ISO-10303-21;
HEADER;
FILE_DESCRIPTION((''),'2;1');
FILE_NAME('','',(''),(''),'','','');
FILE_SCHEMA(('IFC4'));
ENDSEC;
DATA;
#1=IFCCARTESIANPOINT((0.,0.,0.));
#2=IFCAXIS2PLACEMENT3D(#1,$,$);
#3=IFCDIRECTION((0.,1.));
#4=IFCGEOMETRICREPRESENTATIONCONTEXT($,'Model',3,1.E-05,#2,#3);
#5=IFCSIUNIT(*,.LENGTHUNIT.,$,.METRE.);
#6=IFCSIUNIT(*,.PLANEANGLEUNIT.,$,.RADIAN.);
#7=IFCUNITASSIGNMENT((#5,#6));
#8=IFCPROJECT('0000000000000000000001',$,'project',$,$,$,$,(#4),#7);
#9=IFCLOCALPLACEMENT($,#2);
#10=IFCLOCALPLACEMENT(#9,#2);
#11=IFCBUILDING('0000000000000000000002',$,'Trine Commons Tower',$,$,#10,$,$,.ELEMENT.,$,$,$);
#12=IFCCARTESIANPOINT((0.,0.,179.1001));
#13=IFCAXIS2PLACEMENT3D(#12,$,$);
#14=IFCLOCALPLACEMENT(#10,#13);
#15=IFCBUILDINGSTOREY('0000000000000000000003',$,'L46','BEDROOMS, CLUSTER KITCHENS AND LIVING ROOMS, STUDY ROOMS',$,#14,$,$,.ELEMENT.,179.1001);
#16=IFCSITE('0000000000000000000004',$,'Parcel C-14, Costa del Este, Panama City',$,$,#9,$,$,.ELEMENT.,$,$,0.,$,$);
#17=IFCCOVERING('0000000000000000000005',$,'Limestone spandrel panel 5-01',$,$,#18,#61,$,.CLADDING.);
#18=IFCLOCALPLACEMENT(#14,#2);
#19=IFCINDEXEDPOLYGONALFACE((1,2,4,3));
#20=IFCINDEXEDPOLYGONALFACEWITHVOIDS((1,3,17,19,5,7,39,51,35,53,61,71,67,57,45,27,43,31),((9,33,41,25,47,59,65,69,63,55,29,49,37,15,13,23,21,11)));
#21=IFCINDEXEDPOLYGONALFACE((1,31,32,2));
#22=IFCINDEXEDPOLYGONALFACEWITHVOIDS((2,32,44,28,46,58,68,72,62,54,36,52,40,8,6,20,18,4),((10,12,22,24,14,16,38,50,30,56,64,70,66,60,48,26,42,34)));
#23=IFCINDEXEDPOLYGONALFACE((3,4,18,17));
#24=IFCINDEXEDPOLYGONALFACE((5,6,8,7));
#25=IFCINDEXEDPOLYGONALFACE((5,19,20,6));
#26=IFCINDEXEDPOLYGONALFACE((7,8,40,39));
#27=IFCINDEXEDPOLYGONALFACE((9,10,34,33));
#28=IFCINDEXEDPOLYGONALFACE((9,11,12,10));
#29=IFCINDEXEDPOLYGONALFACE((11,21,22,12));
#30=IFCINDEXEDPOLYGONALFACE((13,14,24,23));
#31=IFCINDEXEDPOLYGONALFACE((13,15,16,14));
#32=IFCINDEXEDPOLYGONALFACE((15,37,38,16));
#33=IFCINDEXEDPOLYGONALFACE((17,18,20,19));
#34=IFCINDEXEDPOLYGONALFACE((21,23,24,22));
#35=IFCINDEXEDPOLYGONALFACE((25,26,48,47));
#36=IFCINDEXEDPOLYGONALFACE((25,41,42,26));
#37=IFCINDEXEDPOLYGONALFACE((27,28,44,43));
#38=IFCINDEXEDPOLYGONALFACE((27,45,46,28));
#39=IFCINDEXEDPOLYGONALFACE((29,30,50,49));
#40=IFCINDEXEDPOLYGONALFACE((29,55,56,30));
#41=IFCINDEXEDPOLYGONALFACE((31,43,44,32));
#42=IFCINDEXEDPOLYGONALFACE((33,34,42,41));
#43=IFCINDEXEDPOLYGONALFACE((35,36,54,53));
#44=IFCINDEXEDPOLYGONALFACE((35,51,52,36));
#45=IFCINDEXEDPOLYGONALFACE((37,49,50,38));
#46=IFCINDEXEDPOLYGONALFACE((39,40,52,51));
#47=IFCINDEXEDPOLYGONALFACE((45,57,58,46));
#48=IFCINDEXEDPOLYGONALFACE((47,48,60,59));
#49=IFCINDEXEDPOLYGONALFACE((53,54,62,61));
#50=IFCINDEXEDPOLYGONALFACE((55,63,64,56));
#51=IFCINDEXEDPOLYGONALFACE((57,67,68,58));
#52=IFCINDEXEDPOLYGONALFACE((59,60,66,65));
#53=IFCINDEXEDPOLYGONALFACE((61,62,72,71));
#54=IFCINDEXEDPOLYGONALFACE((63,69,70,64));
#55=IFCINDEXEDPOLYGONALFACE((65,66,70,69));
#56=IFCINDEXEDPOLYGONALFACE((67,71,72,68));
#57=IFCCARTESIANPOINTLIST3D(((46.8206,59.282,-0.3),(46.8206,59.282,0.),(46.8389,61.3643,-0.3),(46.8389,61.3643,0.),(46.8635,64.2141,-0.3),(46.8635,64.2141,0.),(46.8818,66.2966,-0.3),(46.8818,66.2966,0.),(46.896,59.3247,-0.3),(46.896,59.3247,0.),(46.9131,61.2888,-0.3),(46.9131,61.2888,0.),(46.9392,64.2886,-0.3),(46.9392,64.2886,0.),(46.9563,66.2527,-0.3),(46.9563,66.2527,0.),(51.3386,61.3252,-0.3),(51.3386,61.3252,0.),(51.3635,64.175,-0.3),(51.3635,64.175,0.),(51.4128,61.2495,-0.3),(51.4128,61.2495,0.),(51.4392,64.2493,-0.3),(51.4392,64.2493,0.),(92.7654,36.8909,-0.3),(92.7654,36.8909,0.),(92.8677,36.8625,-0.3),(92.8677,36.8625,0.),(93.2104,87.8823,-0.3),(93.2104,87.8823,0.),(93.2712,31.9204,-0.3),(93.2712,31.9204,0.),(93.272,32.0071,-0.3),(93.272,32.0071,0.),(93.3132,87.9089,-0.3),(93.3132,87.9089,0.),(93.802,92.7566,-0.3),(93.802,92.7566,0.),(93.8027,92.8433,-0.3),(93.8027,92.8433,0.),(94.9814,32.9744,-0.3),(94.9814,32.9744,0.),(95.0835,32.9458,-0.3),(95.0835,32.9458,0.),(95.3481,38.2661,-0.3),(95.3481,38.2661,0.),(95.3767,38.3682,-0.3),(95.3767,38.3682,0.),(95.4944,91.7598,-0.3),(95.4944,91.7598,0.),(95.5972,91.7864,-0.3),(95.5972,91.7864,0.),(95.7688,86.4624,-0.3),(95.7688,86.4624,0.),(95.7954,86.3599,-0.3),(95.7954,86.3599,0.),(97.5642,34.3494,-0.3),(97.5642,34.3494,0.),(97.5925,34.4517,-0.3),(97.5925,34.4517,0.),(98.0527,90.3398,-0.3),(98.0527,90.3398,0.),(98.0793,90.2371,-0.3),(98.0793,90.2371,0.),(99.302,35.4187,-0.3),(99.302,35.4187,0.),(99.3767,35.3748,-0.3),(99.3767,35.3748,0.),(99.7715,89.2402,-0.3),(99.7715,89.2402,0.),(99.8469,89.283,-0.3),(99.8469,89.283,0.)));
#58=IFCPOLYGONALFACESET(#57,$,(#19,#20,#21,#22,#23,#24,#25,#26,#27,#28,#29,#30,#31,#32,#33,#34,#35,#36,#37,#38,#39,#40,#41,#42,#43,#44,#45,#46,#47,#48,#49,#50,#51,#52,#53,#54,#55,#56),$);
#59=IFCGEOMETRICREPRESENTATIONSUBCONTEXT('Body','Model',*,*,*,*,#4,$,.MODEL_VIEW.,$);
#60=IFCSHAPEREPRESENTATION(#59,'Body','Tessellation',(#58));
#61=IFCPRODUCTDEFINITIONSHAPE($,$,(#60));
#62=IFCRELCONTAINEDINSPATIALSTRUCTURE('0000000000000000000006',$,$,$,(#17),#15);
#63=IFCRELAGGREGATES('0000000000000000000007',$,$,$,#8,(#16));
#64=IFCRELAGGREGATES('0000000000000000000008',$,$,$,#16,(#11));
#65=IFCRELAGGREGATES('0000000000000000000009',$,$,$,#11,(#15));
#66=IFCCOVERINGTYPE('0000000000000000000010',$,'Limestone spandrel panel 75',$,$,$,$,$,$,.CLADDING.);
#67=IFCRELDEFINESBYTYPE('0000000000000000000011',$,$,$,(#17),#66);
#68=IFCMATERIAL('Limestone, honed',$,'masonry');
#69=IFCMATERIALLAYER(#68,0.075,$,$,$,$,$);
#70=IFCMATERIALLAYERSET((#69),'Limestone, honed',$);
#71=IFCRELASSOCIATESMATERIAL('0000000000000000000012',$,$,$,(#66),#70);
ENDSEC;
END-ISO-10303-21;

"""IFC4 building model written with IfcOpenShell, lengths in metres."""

from ifc_helpers import new_model, si_unit, direction, frame, origin, place, context, subcontext, project, spatial, polyline, outline, extrude, material, layer, layer_set, type_object, element, save


model = new_model("IFC4")

# Units and contexts
model_context = context("Model", 3, precision=1e-05, world=origin(), true_north=direction((0.0, 1.0)))
body_context = subcontext(model_context, "Body", "Model", "MODEL_VIEW")
ifc_project = project(units=[si_unit("LENGTHUNIT", "METRE"), si_unit("PLANEANGLEUNIT", "RADIAN")], contexts=[model_context])

# Site, building, storey
site_placement = place(None, origin())
site = spatial("IfcSite", under=ifc_project, at=site_placement, Name="Parcel C-14, Costa del Este, Panama City", CompositionType="ELEMENT", RefElevation=0.0)
building_placement = place(site_placement, origin())
building = spatial("IfcBuilding", under=site, at=building_placement, Name="Trine Commons Tower", CompositionType="ELEMENT")
storey_placement = place(building_placement, frame((0.0, 0.0, 179.1001)))
storey = spatial("IfcBuildingStorey", under=building, at=storey_placement, Name="L46", Description="BEDROOMS, CLUSTER KITCHENS AND LIVING ROOMS, STUDY ROOMS", CompositionType="ELEMENT", Elevation=179.1001)

# Covering
ifc_material_1 = material(Name="Limestone, honed", Category="masonry")
ifc_layer_1 = layer(ifc_material_1, 0.075)
ifc_layer_set_1 = layer_set([ifc_layer_1], Name="Limestone, honed")
covering_type_1 = type_object("IfcCoveringType", Name="Limestone spandrel panel 75", PredefinedType="CLADDING", material=ifc_layer_set_1)
covering_1_placement = place(storey_placement, frame((0.0, 0.0, -0.3)))
element("IfcCovering", 1, at=covering_1_placement, inside=storey, type_object=covering_type_1, Name="Limestone spandrel panel 5-01", PredefinedType="CLADDING", context=body_context, shape_type="SweptSolid", body=[
    extrude(outline(polyline([(95.3481, 38.2661), (97.5642, 34.3494), (99.3767, 35.3748), (99.8469, 89.283), (98.0527, 90.3398), (95.7688, 86.4624), (93.3132, 87.9089), (95.5972, 91.7864), (93.8027, 92.8433), (46.8818, 66.2966), (46.8635, 64.2141), (51.3635, 64.175), (51.3386, 61.3252), (46.8389, 61.3643), (46.8206, 59.282), (93.2712, 31.9204), (95.0835, 32.9458), (92.8677, 36.8625), (95.3481, 38.2661)]), holes=[polyline([(98.0793, 90.2371), (99.7715, 89.2402), (99.302, 35.4187), (97.5925, 34.4517), (95.3767, 38.3682), (92.7654, 36.8909), (94.9814, 32.9744), (93.272, 32.0071), (46.896, 59.3247), (46.9131, 61.2888), (51.4128, 61.2495), (51.4392, 64.2493), (46.9392, 64.2886), (46.9563, 66.2527), (93.802, 92.7566), (95.4944, 91.7598), (93.2104, 87.8823), (95.7954, 86.3599), (98.0793, 90.2371)])]), origin(), (0.0, 0.0, 1.0), 0.3),
])

save(model, "model.ifc")
